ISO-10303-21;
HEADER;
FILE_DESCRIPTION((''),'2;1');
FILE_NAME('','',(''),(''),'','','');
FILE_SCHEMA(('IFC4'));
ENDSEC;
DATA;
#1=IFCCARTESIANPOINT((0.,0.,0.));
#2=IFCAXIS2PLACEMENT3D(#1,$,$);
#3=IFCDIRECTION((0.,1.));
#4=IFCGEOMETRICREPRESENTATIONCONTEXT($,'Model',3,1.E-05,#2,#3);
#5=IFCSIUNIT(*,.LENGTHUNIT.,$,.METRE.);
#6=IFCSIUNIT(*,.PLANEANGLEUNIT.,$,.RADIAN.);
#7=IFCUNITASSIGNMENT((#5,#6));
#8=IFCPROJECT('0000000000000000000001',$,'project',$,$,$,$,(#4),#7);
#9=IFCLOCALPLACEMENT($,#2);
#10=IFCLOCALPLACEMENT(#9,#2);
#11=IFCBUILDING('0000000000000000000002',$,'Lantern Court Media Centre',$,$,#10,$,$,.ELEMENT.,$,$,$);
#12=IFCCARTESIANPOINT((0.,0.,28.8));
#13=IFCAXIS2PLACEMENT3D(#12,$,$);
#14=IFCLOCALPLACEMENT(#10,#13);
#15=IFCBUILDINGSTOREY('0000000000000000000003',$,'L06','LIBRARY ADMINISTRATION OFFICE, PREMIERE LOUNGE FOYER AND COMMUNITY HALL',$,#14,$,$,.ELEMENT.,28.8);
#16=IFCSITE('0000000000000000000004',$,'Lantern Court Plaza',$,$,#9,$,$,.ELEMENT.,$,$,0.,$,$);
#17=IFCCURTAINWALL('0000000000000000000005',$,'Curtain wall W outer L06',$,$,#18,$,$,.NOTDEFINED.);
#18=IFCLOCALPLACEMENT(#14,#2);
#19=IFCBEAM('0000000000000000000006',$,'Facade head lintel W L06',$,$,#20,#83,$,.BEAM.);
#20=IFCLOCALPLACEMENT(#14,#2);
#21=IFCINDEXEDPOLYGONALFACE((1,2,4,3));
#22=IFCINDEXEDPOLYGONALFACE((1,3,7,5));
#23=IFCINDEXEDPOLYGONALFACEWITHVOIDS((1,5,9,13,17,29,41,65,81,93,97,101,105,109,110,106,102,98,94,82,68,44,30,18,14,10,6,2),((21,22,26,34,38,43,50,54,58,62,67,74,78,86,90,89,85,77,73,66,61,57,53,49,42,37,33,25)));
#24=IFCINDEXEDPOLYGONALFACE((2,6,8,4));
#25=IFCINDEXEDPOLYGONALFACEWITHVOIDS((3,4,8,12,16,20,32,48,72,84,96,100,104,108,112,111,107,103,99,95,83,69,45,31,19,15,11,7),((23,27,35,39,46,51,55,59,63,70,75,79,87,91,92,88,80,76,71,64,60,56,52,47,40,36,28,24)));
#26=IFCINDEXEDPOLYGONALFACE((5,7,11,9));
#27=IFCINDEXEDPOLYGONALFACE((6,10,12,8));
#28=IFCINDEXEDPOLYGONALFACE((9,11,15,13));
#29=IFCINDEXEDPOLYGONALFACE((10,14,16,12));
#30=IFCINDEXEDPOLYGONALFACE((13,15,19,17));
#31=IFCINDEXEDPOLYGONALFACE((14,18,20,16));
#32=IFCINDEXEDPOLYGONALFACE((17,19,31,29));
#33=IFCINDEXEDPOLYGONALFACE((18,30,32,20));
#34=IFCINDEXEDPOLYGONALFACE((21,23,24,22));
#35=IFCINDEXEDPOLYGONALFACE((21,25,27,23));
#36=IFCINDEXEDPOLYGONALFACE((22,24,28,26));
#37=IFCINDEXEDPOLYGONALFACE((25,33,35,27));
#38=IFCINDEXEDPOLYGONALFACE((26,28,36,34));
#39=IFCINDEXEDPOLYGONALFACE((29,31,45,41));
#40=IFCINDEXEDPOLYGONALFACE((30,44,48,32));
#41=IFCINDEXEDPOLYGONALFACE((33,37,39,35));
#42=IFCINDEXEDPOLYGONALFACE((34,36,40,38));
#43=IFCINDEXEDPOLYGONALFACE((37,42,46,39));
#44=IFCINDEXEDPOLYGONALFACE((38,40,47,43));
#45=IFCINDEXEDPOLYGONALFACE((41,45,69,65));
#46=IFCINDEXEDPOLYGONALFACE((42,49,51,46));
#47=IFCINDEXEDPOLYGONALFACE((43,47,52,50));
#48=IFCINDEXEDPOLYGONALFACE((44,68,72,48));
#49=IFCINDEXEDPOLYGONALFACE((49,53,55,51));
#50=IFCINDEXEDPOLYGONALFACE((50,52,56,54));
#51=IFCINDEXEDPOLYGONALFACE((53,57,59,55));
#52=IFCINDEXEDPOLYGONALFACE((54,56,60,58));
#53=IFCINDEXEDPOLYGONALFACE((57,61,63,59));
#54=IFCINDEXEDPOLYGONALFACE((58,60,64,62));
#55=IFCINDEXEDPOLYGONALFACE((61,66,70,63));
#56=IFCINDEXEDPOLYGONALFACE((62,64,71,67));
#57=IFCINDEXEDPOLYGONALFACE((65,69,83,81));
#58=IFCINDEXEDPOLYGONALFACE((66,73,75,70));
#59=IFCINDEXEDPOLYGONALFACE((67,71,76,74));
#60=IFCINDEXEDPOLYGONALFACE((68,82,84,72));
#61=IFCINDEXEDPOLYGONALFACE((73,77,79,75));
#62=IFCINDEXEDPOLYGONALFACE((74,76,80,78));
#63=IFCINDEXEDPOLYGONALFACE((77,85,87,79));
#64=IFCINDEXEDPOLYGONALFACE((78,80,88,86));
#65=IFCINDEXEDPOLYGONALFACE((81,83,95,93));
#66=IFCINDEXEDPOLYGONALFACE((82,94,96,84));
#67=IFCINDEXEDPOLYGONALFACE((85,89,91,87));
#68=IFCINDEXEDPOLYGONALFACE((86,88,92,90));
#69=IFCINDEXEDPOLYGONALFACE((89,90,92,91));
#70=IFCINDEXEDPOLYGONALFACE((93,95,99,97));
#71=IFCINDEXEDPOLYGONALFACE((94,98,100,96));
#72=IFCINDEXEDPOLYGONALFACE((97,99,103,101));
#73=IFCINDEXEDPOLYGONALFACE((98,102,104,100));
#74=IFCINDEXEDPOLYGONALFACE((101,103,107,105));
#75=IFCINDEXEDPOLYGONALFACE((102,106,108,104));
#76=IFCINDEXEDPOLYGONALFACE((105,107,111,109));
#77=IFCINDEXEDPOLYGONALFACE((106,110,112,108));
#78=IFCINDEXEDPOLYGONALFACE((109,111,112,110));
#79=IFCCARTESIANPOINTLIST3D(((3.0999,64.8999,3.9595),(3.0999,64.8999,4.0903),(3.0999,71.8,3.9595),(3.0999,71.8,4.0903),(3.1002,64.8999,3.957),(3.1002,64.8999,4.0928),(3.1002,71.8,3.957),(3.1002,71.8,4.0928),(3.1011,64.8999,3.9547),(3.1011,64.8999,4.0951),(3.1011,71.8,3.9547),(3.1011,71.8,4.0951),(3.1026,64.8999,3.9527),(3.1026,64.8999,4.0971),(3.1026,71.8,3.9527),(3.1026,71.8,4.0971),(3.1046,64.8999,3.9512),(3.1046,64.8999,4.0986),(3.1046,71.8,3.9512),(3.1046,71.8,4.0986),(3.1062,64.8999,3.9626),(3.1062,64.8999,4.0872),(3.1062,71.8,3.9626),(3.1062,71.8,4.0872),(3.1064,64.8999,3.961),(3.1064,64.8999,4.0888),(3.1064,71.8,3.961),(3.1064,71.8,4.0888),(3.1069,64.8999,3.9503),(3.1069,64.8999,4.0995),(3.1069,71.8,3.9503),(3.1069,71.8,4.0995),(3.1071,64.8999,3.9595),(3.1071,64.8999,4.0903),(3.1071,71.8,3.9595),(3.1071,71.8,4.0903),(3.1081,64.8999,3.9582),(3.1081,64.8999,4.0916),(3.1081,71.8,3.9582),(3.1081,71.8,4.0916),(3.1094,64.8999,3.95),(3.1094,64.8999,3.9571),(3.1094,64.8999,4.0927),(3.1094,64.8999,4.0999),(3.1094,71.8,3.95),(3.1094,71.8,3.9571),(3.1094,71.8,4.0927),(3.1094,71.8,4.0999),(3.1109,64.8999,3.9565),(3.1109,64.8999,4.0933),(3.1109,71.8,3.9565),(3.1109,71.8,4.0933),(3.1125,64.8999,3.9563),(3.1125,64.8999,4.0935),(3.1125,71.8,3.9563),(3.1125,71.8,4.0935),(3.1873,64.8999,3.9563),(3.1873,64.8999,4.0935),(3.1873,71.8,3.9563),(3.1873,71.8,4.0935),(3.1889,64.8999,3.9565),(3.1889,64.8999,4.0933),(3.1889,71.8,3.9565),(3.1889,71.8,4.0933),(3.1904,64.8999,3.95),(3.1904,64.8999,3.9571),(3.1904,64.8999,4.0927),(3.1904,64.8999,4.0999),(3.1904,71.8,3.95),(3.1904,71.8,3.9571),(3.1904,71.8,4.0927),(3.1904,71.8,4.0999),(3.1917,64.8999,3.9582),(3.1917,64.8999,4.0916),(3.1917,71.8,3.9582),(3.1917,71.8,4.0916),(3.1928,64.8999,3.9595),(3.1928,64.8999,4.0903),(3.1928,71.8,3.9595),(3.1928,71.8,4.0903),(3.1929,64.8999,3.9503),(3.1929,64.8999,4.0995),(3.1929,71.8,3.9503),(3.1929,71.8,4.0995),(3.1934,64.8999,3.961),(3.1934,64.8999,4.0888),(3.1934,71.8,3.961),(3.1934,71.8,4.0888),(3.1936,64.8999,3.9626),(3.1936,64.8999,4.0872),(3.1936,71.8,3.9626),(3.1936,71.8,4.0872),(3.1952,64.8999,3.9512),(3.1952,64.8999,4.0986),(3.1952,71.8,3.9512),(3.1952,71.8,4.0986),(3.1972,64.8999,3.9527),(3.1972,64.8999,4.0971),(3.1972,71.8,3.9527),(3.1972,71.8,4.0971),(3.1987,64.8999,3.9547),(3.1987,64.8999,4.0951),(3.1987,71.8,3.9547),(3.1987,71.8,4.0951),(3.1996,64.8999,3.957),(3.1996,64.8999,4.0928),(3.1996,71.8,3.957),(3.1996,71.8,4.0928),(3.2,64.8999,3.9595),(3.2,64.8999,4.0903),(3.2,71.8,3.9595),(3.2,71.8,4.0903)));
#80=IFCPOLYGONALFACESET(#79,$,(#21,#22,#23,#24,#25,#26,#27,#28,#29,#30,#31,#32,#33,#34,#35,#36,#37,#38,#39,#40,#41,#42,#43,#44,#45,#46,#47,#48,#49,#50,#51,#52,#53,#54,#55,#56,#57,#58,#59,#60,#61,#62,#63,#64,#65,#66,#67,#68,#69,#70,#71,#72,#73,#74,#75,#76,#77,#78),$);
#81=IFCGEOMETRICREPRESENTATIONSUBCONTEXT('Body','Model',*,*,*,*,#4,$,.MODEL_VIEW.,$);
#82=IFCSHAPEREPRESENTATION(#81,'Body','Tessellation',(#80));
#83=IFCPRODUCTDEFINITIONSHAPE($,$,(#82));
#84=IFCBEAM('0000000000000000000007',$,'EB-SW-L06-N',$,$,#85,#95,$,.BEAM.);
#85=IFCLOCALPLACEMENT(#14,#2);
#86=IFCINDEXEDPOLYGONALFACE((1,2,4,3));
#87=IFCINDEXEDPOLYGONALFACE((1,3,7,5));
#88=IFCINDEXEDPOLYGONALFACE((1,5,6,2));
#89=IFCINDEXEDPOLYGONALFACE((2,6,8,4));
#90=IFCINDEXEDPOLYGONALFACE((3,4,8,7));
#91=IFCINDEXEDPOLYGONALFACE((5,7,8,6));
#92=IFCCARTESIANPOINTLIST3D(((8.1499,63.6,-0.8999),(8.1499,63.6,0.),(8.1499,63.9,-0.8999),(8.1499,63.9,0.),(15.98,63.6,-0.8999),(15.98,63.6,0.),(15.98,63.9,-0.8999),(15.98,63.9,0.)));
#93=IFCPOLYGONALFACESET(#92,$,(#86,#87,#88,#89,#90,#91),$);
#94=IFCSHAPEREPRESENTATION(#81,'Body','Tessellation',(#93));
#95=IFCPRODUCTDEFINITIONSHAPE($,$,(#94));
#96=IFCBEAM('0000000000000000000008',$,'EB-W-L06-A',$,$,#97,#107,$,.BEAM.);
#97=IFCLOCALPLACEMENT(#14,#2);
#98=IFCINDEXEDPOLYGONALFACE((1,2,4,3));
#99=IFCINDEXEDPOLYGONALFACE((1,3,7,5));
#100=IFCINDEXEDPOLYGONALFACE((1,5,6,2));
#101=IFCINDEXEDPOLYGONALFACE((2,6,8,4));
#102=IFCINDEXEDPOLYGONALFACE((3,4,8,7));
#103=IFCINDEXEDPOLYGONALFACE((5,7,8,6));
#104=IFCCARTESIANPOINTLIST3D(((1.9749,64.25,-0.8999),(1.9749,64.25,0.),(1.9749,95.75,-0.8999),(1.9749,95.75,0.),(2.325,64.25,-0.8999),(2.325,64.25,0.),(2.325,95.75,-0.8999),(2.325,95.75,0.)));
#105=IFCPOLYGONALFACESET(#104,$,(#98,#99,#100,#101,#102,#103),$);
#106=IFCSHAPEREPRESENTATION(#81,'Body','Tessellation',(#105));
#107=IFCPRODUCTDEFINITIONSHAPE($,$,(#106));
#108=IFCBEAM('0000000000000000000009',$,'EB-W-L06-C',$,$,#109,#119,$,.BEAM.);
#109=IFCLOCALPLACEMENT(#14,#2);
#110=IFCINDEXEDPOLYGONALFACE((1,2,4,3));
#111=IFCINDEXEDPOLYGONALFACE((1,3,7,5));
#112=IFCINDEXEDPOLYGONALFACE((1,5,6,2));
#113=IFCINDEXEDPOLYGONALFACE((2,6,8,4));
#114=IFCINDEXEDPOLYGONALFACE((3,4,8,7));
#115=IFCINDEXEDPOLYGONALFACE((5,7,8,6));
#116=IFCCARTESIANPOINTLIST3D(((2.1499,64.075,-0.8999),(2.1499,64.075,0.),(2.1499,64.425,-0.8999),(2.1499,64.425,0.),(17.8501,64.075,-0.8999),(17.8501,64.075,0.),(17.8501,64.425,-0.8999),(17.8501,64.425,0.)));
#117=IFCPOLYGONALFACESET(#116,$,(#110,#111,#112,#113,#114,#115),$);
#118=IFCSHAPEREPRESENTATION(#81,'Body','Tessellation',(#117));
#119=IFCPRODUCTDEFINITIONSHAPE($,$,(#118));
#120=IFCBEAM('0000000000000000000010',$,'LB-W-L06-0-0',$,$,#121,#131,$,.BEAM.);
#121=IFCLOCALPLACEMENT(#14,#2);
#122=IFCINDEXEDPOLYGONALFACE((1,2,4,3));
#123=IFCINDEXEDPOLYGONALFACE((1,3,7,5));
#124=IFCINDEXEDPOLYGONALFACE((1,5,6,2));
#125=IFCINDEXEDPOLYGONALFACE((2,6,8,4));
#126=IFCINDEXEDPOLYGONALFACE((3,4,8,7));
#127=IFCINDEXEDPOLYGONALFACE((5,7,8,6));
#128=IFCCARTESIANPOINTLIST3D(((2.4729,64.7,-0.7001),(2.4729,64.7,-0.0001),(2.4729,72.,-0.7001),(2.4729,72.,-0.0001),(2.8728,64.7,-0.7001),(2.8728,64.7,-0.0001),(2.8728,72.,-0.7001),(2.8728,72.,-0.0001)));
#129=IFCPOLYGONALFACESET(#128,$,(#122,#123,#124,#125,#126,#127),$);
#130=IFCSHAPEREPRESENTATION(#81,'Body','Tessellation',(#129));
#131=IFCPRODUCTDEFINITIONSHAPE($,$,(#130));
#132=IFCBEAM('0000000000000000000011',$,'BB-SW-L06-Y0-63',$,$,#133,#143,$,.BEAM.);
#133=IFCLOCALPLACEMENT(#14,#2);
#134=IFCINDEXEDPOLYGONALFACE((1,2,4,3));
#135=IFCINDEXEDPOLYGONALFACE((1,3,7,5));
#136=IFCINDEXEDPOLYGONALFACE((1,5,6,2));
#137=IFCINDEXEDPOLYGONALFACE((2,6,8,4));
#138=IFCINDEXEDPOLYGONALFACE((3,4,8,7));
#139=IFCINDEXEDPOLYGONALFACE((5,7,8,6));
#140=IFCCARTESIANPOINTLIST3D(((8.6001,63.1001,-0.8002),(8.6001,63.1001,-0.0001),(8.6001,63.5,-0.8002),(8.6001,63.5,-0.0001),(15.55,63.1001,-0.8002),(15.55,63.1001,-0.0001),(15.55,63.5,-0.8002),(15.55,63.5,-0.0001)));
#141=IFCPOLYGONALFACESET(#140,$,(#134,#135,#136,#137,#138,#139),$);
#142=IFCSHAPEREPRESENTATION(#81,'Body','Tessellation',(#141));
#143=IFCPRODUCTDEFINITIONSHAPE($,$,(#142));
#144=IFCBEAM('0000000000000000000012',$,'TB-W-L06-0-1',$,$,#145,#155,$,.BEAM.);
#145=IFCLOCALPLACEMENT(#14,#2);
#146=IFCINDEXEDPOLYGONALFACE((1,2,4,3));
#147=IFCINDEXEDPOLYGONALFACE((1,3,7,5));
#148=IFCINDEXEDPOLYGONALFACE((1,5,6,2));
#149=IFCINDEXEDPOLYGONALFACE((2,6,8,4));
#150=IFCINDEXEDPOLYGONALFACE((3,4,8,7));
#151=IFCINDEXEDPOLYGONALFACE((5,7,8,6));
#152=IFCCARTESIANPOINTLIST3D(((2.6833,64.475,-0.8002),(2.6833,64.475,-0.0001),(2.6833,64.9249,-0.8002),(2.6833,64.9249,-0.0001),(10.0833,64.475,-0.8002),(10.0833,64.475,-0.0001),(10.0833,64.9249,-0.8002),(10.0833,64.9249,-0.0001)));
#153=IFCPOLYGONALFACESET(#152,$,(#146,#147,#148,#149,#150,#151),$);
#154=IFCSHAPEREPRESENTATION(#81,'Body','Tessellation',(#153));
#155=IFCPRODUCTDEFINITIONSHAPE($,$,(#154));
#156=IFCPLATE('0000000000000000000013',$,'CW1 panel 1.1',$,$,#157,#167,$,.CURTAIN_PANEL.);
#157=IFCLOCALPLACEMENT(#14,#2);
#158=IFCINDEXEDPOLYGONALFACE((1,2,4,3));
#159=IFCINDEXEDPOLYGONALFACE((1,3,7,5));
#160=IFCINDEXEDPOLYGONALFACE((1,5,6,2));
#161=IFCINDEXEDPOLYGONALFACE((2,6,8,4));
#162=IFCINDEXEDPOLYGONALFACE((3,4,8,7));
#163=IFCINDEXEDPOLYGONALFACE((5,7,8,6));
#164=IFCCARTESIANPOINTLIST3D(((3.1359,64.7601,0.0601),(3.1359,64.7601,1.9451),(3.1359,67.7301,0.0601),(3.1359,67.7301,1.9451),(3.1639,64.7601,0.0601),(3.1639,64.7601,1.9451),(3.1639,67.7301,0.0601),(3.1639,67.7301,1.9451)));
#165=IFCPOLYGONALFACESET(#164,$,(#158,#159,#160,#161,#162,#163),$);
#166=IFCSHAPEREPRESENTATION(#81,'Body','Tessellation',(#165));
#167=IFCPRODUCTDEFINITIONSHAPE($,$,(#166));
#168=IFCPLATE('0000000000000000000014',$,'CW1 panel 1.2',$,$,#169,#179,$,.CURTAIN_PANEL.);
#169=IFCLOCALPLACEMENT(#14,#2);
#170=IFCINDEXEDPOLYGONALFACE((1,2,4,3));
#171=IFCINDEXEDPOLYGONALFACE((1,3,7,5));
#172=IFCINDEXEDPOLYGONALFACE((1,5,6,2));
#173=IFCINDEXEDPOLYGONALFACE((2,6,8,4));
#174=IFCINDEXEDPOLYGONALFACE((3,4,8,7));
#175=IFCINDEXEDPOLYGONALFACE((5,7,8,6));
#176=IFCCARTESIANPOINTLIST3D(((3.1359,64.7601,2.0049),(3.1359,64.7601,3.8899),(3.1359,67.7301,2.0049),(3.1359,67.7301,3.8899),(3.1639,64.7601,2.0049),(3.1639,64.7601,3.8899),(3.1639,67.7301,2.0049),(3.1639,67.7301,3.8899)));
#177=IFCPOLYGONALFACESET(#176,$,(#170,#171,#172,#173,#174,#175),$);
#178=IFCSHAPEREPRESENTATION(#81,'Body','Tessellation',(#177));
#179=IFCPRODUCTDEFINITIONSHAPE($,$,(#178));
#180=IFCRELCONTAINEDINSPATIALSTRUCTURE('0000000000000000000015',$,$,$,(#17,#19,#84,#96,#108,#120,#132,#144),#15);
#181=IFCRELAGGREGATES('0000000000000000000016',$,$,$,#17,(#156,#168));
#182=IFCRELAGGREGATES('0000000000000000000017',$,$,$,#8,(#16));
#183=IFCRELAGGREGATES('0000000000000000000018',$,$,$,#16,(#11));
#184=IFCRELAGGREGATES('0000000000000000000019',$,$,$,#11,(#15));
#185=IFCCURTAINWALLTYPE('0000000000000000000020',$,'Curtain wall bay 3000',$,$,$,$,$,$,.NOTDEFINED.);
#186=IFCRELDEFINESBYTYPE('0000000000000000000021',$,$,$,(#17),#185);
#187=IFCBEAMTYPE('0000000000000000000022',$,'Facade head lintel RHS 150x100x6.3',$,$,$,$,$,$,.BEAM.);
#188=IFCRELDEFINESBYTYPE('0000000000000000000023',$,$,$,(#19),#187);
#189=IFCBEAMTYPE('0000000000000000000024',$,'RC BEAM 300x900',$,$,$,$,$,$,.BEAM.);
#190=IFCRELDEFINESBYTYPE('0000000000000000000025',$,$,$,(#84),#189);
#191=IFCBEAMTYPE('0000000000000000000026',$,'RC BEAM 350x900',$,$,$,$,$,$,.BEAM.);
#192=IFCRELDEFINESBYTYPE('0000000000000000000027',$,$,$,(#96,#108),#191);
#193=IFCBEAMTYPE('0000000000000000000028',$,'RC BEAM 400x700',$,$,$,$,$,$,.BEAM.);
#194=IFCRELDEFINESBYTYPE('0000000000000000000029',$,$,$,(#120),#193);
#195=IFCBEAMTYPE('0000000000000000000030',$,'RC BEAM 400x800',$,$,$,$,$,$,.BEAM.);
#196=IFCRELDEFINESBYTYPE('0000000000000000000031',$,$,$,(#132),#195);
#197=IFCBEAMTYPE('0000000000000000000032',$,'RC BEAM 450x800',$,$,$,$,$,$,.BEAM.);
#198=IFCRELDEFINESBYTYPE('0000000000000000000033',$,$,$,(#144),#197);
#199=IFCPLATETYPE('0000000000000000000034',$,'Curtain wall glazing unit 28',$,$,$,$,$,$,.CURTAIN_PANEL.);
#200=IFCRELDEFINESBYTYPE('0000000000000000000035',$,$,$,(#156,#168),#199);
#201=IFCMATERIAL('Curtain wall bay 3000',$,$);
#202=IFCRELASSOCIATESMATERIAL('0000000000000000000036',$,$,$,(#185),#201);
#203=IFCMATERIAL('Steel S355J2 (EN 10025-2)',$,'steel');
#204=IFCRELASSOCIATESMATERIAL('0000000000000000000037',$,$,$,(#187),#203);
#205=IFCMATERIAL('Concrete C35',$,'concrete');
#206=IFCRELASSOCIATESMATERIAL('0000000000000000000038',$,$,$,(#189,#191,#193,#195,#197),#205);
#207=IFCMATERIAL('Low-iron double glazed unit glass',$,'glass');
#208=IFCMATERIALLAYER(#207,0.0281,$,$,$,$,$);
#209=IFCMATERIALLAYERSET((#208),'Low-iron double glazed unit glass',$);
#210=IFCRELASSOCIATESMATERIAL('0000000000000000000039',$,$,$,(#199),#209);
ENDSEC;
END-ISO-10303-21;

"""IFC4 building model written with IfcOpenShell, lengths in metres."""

from ifc_helpers import new_model, si_unit, direction, frame, origin, origin_2d, place, context, subcontext, project, spatial, rectangle, hollow_rectangle, extrude, material, layer, layer_set, material_profile, profile_set, type_object, element, aggregate, save


model = new_model("IFC4")

# Units and contexts
model_context = context("Model", 3, precision=1e-05, world=origin(), true_north=direction((0.0, 1.0)))
body_context = subcontext(model_context, "Body", "Model", "MODEL_VIEW")
ifc_project = project(units=[si_unit("LENGTHUNIT", "METRE"), si_unit("PLANEANGLEUNIT", "RADIAN")], contexts=[model_context])

# Site, building, storey
site_placement = place(None, origin())
site = spatial("IfcSite", under=ifc_project, at=site_placement, Name="Lantern Court Plaza", CompositionType="ELEMENT", RefElevation=0.0)
building_placement = place(site_placement, origin())
building = spatial("IfcBuilding", under=site, at=building_placement, Name="Lantern Court Media Centre", CompositionType="ELEMENT")
storey_placement = place(building_placement, frame((0.0, 0.0, 28.8)))
storey = spatial("IfcBuildingStorey", under=building, at=storey_placement, Name="L06", Description="LIBRARY ADMINISTRATION OFFICE, PREMIERE LOUNGE FOYER AND COMMUNITY HALL", CompositionType="ELEMENT", Elevation=28.8)

# Shared definitions
ifc_material_1 = material(Name="Concrete C35", Category="concrete")

# Curtain wall
ifc_material_2 = material(Name="Curtain wall bay 3000")
curtain_wall_type = type_object("IfcCurtainWallType", Name="Curtain wall bay 3000", PredefinedType="NOTDEFINED", material=ifc_material_2)
curtain_wall_placement = place(storey_placement, origin())
curtain_wall = element("IfcCurtainWall", 1, at=curtain_wall_placement, inside=storey, type_object=curtain_wall_type, Name="Curtain wall W outer L06", PredefinedType="NOTDEFINED")

# Beams
ifc_material_3 = material(Name="Steel S355J2 (EN 10025-2)", Category="steel")
ifc_material_profile_1 = material_profile(ifc_material_3, hollow_rectangle(XDim=0.1001, YDim=0.1499, WallThickness=0.0063, InnerFilletRadius=0.0063, OuterFilletRadius=0.0095, at=origin_2d()), Name="Facade head lintel RHS 150x100x6.3")
ifc_profile_set_1 = profile_set([ifc_material_profile_1], Name="Steel S355J2 (EN 10025-2)")
beam_type_1 = type_object("IfcBeamType", Name="Facade head lintel RHS 150x100x6.3", PredefinedType="BEAM", material=ifc_profile_set_1)
beam_1_placement = place(storey_placement, frame((3.1499, 64.8999, 4.0249), z_axis=(0.0, 1.0, 0.0), x_axis=(-1.0, 0.0, 0.0)))
element("IfcBeam", 2, at=beam_1_placement, inside=storey, type_object=beam_type_1, Name="Facade head lintel W L06", PredefinedType="BEAM", context=body_context, shape_type="SweptSolid", body=[
    extrude(hollow_rectangle(XDim=0.1001, YDim=0.1499, WallThickness=0.0063, InnerFilletRadius=0.0063, OuterFilletRadius=0.0095, at=origin_2d()), origin(), (0.0, 0.0, 1.0), 6.9001),
])
ifc_material_profile_2 = material_profile(ifc_material_1, rectangle(XDim=0.3, YDim=0.8999, at=origin_2d()), Name="RC 300x900")
ifc_profile_set_2 = profile_set([ifc_material_profile_2], Name="Concrete C35")
beam_type_2 = type_object("IfcBeamType", Name="RC BEAM 300x900", PredefinedType="BEAM", material=ifc_profile_set_2)
beam_2_placement = place(storey_placement, frame((8.1499, 63.75, -0.45), z_axis=(1.0, 0.0, 0.0), x_axis=(0.0, 1.0, 0.0)))
element("IfcBeam", 3, at=beam_2_placement, inside=storey, type_object=beam_type_2, Name="EB-SW-L06-N", PredefinedType="BEAM", context=body_context, shape_type="SweptSolid", body=[
    extrude(rectangle(XDim=0.3, YDim=0.8999, at=origin_2d()), origin(), (0.0, 0.0, 1.0), 7.8301),
])
ifc_material_profile_3 = material_profile(ifc_material_1, rectangle(XDim=0.3501, YDim=0.8999, at=origin_2d()), Name="RC 350x900")
ifc_profile_set_3 = profile_set([ifc_material_profile_3], Name="Concrete C35")
beam_type_3 = type_object("IfcBeamType", Name="RC BEAM 350x900", PredefinedType="BEAM", material=ifc_profile_set_3)
beam_3_placement = place(storey_placement, frame((2.1499, 64.25, -0.45), z_axis=(0.0, 1.0, 0.0), x_axis=(-1.0, 0.0, 0.0)))
element("IfcBeam", 4, at=beam_3_placement, inside=storey, type_object=beam_type_3, Name="EB-W-L06-A", PredefinedType="BEAM", context=body_context, shape_type="SweptSolid", body=[
    extrude(rectangle(XDim=0.3501, YDim=0.8999, at=origin_2d()), origin(), (0.0, 0.0, 1.0), 31.5),
])
beam_4_placement = place(storey_placement, frame((2.1499, 64.25, -0.45), z_axis=(1.0, 0.0, 0.0), x_axis=(0.0, 1.0, 0.0)))
element("IfcBeam", 5, at=beam_4_placement, inside=storey, type_object=beam_type_3, Name="EB-W-L06-C", PredefinedType="BEAM", context=body_context, shape_type="SweptSolid", body=[
    extrude(rectangle(XDim=0.3501, YDim=0.8999, at=origin_2d()), origin(), (0.0, 0.0, 1.0), 15.7002),
])
ifc_material_profile_4 = material_profile(ifc_material_1, rectangle(XDim=0.3999, YDim=0.7, at=origin_2d()), Name="RC 400x700")
ifc_profile_set_4 = profile_set([ifc_material_profile_4], Name="Concrete C35")
beam_type_4 = type_object("IfcBeamType", Name="RC BEAM 400x700", PredefinedType="BEAM", material=ifc_profile_set_4)
beam_5_placement = place(storey_placement, frame((2.6729, 64.7, -0.3501), z_axis=(0.0, 1.0, 0.0), x_axis=(-1.0, 0.0, 0.0)))
element("IfcBeam", 6, at=beam_5_placement, inside=storey, type_object=beam_type_4, Name="LB-W-L06-0-0", PredefinedType="BEAM", context=body_context, shape_type="SweptSolid", body=[
    extrude(rectangle(XDim=0.3999, YDim=0.7, at=origin_2d()), origin(), (0.0, 0.0, 1.0), 7.3),
])
ifc_material_profile_5 = material_profile(ifc_material_1, rectangle(XDim=0.3999, YDim=0.8, at=origin_2d()), Name="RC 400x800")
ifc_profile_set_5 = profile_set([ifc_material_profile_5], Name="Concrete C35")
beam_type_5 = type_object("IfcBeamType", Name="RC BEAM 400x800", PredefinedType="BEAM", material=ifc_profile_set_5)
beam_6_placement = place(storey_placement, frame((8.6001, 63.3, -0.4001), z_axis=(1.0, 0.0, 0.0), x_axis=(0.0, 1.0, 0.0)))
element("IfcBeam", 7, at=beam_6_placement, inside=storey, type_object=beam_type_5, Name="BB-SW-L06-Y0-63", PredefinedType="BEAM", context=body_context, shape_type="SweptSolid", body=[
    extrude(rectangle(XDim=0.3999, YDim=0.8, at=origin_2d()), origin(), (0.0, 0.0, 1.0), 6.95),
])
ifc_material_profile_6 = material_profile(ifc_material_1, rectangle(XDim=0.45, YDim=0.8, at=origin_2d()), Name="RC 450x800")
ifc_profile_set_6 = profile_set([ifc_material_profile_6], Name="Concrete C35")
beam_type_6 = type_object("IfcBeamType", Name="RC BEAM 450x800", PredefinedType="BEAM", material=ifc_profile_set_6)
beam_7_placement = place(storey_placement, frame((2.6833, 64.7, -0.4001), z_axis=(1.0, 0.0, 0.0), x_axis=(0.0, 1.0, 0.0)))
element("IfcBeam", 8, at=beam_7_placement, inside=storey, type_object=beam_type_6, Name="TB-W-L06-0-1", PredefinedType="BEAM", context=body_context, shape_type="SweptSolid", body=[
    extrude(rectangle(XDim=0.45, YDim=0.8, at=origin_2d()), origin(), (0.0, 0.0, 1.0), 7.3999),
])

# Plates
ifc_material_4 = material(Name="Low-iron double glazed unit glass", Category="glass")
ifc_layer_1 = layer(ifc_material_4, 0.0281)
ifc_layer_set_1 = layer_set([ifc_layer_1], Name="Low-iron double glazed unit glass")
plate_type = type_object("IfcPlateType", Name="Curtain wall glazing unit 28", PredefinedType="CURTAIN_PANEL", material=ifc_layer_set_1)
plate_1_placement = place(storey_placement, frame((3.1499, 66.2451, 0.0601), z_axis=(0.0, 0.0, 1.0), x_axis=(0.0, 1.0, 0.0)))
plate_1 = element("IfcPlate", 9, at=plate_1_placement, type_object=plate_type, Name="CW1 panel 1.1", PredefinedType="CURTAIN_PANEL", context=body_context, shape_type="SweptSolid", body=[
    extrude(rectangle(XDim=2.97, YDim=0.0281, at=origin_2d()), origin(), (0.0, 0.0, 1.0), 1.885),
])
plate_2_placement = place(storey_placement, frame((3.1499, 66.2451, 2.0049), z_axis=(0.0, 0.0, 1.0), x_axis=(0.0, 1.0, 0.0)))
plate_2 = element("IfcPlate", 10, at=plate_2_placement, type_object=plate_type, Name="CW1 panel 1.2", PredefinedType="CURTAIN_PANEL", context=body_context, shape_type="SweptSolid", body=[
    extrude(rectangle(XDim=2.97, YDim=0.0281, at=origin_2d()), origin(), (0.0, 0.0, 1.0), 1.885),
])
aggregate(curtain_wall, [plate_1, plate_2])

save(model, "model.ifc")
